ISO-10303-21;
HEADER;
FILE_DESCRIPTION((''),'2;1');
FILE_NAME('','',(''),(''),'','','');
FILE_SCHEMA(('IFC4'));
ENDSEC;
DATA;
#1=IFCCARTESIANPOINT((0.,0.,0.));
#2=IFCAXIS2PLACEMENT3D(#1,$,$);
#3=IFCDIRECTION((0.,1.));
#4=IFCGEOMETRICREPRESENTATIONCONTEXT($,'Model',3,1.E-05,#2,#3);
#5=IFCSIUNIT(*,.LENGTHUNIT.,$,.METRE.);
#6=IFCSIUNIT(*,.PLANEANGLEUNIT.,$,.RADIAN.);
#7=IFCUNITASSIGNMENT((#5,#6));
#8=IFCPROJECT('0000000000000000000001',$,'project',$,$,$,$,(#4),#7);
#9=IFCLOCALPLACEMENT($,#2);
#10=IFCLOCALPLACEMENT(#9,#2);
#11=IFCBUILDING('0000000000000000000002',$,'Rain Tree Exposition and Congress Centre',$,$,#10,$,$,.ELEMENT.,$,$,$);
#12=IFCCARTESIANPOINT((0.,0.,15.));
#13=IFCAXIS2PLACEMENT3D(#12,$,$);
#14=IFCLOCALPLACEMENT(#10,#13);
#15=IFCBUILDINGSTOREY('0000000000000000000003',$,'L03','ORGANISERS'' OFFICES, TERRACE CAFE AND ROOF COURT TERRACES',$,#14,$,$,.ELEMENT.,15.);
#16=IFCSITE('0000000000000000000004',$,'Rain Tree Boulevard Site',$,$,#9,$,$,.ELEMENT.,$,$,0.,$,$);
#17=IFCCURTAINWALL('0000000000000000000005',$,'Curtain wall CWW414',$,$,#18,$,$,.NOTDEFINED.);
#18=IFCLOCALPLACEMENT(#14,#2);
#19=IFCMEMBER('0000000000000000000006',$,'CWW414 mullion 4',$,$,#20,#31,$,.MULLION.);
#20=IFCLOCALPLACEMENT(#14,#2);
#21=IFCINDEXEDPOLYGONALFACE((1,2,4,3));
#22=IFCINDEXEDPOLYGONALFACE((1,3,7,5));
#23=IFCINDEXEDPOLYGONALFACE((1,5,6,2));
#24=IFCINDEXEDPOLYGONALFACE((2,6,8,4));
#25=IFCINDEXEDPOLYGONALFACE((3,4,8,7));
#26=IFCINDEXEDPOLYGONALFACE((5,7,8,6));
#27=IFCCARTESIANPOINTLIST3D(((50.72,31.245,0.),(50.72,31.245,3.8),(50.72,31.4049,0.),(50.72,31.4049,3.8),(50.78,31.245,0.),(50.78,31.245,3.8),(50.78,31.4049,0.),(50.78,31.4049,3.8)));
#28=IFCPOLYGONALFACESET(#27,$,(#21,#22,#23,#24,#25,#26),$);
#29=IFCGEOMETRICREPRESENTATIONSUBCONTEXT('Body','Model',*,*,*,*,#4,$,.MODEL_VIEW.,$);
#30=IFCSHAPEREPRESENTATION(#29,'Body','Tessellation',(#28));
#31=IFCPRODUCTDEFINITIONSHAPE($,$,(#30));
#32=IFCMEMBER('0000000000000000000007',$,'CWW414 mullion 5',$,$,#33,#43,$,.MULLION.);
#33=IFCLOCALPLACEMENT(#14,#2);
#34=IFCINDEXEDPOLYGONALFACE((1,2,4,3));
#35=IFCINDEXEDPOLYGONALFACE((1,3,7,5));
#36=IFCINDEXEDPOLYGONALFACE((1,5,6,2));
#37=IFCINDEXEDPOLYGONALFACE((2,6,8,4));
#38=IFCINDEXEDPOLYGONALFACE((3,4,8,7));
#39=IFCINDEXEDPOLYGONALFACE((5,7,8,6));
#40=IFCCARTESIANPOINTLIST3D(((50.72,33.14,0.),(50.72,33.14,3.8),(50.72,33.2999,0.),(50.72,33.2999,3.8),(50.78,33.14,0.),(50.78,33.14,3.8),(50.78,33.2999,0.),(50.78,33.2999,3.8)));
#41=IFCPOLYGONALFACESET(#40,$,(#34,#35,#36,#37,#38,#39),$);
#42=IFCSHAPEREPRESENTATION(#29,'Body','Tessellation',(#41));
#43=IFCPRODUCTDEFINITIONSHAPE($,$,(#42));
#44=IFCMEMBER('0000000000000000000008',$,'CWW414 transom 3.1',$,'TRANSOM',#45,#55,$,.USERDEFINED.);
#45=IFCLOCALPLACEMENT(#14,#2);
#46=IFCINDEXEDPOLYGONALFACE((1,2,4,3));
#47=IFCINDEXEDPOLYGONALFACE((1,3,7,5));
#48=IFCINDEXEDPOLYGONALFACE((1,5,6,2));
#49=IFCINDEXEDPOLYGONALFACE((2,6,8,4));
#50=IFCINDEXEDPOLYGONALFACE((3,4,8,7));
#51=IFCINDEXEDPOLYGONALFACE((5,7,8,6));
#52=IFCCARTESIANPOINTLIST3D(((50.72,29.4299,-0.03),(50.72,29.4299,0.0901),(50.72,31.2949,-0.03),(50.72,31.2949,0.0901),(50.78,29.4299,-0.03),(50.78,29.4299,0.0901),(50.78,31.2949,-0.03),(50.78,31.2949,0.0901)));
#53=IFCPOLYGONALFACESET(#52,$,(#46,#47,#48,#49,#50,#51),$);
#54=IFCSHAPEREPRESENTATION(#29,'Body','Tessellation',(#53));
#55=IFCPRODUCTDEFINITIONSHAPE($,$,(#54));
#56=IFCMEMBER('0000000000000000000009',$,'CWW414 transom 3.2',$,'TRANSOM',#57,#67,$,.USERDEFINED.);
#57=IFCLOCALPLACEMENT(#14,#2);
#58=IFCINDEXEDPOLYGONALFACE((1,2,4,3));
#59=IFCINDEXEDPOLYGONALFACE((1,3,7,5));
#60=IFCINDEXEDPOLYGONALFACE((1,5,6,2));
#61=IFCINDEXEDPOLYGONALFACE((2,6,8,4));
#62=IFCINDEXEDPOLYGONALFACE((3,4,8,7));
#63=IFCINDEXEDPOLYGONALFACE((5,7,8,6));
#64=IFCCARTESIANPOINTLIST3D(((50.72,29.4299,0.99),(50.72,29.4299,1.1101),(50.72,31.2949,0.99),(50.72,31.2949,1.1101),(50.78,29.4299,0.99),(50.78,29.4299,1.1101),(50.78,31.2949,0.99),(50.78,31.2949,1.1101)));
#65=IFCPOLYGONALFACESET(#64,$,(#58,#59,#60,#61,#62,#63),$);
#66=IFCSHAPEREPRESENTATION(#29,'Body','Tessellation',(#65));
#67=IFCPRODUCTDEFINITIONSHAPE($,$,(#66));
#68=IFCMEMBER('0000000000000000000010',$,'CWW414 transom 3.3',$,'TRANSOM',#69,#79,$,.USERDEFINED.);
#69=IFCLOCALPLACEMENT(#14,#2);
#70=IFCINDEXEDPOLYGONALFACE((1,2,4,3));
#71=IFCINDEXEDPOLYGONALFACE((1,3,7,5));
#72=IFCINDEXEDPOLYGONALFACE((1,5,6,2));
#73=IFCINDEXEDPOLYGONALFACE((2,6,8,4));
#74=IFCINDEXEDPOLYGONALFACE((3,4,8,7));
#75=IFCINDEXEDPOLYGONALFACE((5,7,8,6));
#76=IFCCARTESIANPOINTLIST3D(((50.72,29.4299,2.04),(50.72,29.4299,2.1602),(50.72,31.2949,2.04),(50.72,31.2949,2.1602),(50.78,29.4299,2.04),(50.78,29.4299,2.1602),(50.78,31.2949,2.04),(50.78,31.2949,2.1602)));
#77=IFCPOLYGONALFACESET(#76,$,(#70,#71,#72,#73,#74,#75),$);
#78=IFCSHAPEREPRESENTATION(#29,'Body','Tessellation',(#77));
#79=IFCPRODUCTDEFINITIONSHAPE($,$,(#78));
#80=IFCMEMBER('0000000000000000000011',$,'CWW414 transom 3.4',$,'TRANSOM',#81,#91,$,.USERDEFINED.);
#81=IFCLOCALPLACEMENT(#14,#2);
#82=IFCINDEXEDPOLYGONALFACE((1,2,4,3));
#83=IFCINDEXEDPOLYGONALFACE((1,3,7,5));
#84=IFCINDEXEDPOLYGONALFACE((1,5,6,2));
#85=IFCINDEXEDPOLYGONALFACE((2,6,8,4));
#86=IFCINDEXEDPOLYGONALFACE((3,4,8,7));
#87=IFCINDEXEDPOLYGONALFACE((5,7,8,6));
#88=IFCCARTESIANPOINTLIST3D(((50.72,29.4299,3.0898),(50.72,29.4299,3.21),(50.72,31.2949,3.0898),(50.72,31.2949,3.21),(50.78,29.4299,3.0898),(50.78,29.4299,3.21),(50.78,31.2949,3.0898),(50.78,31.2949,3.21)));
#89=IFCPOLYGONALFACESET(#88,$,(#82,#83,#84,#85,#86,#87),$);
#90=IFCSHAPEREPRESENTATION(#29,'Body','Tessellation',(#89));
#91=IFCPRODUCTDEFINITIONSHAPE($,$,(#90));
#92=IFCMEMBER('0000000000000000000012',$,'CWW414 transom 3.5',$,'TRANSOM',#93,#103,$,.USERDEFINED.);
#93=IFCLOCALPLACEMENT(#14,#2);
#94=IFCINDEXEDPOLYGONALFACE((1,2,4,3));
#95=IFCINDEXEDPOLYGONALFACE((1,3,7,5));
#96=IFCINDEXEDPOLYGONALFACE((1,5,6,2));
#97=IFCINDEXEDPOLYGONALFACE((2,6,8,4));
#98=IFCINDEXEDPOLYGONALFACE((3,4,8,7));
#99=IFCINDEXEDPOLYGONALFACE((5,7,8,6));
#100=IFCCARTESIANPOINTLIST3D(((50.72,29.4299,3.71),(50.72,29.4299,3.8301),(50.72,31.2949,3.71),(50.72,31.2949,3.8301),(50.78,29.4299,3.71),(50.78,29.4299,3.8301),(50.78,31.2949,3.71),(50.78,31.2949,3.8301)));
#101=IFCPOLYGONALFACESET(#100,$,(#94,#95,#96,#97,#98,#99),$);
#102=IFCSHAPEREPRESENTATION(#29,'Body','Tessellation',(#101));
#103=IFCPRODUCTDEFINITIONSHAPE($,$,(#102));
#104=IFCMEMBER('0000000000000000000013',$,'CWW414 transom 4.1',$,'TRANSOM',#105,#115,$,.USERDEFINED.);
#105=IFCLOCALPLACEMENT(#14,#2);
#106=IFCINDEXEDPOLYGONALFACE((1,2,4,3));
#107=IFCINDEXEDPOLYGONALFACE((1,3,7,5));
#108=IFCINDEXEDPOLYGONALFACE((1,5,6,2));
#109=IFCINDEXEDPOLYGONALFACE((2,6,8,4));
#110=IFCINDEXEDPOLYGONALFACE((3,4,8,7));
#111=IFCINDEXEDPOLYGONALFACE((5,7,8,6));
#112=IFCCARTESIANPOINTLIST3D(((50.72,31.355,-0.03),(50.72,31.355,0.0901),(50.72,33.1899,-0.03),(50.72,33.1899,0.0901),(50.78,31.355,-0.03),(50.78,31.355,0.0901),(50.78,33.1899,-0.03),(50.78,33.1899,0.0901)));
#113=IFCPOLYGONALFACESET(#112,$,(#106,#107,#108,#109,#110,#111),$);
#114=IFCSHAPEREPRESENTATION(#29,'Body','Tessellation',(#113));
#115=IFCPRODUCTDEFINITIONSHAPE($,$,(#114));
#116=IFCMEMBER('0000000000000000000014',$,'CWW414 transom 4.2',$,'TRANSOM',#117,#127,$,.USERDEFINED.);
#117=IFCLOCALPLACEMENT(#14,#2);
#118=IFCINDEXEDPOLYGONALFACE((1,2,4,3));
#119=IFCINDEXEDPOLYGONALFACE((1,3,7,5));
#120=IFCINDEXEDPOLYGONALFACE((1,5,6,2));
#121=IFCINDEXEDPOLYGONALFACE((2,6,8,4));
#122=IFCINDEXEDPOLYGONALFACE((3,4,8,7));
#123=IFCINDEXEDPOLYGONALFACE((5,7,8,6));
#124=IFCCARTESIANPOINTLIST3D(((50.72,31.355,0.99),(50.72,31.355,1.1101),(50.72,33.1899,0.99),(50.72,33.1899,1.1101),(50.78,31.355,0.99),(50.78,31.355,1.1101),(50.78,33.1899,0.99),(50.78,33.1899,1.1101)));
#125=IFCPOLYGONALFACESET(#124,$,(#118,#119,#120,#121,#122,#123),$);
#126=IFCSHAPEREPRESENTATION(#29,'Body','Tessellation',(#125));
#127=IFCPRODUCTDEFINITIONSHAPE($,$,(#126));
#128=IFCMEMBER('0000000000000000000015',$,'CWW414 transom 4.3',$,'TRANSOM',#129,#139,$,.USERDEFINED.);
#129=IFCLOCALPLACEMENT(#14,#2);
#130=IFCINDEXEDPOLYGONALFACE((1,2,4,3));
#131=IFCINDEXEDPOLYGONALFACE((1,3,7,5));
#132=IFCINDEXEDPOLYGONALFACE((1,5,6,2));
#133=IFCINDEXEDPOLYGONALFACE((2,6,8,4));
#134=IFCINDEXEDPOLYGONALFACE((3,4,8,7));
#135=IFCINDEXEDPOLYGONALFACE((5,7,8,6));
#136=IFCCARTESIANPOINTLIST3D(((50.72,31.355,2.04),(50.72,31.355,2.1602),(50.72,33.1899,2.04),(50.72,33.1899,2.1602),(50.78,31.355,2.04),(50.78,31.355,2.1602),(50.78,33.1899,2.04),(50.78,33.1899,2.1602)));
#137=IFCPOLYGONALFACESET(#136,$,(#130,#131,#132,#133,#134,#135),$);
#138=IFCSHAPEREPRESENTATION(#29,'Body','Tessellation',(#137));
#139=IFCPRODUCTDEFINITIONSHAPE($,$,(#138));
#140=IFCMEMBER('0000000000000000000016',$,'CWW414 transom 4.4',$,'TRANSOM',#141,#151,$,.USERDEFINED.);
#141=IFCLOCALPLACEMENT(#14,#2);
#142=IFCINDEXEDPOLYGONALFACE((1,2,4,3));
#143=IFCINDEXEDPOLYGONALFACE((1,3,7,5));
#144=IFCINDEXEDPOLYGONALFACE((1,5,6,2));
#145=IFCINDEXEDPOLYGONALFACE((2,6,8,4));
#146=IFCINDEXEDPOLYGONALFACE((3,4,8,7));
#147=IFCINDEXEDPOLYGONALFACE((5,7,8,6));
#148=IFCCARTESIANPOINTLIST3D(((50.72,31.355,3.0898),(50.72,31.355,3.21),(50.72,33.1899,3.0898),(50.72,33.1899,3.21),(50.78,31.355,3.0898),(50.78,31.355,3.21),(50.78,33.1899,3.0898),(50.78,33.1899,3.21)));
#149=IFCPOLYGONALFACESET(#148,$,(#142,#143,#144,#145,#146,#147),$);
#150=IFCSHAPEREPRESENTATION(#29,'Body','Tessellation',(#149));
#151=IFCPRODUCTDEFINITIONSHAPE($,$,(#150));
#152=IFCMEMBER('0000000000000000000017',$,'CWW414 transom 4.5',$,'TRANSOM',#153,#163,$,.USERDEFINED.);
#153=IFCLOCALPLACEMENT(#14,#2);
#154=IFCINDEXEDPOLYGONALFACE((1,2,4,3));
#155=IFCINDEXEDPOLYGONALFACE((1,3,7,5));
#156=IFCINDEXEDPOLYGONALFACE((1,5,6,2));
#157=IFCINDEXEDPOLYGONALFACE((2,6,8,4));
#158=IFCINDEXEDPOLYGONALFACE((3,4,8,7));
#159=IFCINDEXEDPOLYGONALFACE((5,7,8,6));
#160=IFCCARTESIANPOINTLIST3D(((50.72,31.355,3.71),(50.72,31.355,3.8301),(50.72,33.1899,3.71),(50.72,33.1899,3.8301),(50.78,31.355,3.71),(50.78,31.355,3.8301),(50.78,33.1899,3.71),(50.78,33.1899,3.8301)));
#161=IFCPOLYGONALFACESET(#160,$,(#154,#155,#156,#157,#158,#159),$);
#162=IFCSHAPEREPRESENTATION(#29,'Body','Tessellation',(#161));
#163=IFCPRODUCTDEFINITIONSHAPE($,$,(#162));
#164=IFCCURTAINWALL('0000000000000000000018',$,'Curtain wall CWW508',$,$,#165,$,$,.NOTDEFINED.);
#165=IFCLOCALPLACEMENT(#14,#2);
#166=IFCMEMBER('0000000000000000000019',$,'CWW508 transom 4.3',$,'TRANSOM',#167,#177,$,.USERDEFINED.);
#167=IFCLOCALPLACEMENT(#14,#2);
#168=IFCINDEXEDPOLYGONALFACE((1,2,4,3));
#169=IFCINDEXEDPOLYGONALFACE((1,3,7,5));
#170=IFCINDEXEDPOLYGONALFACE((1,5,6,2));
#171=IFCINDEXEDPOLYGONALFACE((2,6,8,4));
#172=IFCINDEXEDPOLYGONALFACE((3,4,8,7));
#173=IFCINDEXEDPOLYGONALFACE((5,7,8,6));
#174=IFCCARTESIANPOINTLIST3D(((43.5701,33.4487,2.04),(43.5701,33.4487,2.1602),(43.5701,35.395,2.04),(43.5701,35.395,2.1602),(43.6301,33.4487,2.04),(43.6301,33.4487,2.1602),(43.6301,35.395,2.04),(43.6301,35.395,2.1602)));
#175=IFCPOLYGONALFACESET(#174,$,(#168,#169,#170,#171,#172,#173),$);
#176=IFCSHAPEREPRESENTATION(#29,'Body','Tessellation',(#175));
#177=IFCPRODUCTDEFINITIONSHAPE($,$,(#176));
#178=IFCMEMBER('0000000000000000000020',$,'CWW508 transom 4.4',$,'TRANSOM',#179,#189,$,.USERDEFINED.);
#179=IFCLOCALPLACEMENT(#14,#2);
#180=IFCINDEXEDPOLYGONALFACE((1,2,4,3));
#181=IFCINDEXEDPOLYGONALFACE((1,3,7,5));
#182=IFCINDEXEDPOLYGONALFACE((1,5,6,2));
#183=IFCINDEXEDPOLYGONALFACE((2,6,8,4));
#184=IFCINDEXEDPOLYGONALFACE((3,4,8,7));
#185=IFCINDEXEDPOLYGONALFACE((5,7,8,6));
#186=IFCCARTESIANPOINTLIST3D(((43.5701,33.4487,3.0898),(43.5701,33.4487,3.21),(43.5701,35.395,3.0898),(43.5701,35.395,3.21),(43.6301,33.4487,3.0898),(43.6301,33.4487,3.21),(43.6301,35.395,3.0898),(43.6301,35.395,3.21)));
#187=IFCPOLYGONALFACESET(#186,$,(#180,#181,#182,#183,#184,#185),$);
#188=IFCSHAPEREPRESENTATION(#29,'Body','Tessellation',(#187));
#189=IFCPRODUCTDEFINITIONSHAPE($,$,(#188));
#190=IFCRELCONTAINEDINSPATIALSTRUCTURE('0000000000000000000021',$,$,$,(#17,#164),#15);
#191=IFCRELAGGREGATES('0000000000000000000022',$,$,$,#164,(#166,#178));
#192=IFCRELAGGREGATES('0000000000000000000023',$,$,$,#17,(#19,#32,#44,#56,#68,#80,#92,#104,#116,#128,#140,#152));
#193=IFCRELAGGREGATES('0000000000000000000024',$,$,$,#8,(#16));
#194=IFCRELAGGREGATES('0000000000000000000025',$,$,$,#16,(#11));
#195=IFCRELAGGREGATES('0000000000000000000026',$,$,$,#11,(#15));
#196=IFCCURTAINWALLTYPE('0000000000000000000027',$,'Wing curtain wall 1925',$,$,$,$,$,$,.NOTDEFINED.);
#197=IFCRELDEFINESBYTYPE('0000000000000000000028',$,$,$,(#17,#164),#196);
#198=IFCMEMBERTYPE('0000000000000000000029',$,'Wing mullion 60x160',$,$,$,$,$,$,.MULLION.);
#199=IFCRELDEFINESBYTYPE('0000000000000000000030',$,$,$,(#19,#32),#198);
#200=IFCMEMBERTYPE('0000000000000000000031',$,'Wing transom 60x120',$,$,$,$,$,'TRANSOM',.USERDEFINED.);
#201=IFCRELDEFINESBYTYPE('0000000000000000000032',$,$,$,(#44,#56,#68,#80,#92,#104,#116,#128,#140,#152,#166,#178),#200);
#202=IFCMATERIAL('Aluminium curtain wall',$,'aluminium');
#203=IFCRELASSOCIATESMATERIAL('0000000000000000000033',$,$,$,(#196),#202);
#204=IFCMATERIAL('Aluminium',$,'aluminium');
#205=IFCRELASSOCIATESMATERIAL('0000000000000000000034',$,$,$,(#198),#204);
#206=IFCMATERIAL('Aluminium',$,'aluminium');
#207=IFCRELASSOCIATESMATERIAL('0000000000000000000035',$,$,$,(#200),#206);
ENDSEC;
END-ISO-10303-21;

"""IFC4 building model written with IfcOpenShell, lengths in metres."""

from ifc_helpers import new_model, si_unit, direction, frame, origin, origin_2d, place, context, subcontext, project, spatial, rectangle, extrude, material, material_profile, profile_set, type_object, element, aggregate, save


model = new_model("IFC4")

# Units and contexts
model_context = context("Model", 3, precision=1e-05, world=origin(), true_north=direction((0.0, 1.0)))
body_context = subcontext(model_context, "Body", "Model", "MODEL_VIEW")
ifc_project = project(units=[si_unit("LENGTHUNIT", "METRE"), si_unit("PLANEANGLEUNIT", "RADIAN")], contexts=[model_context])

# Site, building, storey
site_placement = place(None, origin())
site = spatial("IfcSite", under=ifc_project, at=site_placement, Name="Rain Tree Boulevard Site", CompositionType="ELEMENT", RefElevation=0.0)
building_placement = place(site_placement, origin())
building = spatial("IfcBuilding", under=site, at=building_placement, Name="Rain Tree Exposition and Congress Centre", CompositionType="ELEMENT")
storey_placement = place(building_placement, frame((0.0, 0.0, 15.0)))
storey = spatial("IfcBuildingStorey", under=building, at=storey_placement, Name="L03", Description="ORGANISERS' OFFICES, TERRACE CAFE AND ROOF COURT TERRACES", CompositionType="ELEMENT", Elevation=15.0)

# Curtain walls, members
ifc_material_1 = material(Name="Aluminium curtain wall", Category="aluminium")
curtain_wall_type = type_object("IfcCurtainWallType", Name="Wing curtain wall 1925", PredefinedType="NOTDEFINED", material=ifc_material_1)
curtain_wall_1_placement = place(storey_placement, origin())
curtain_wall_1 = element("IfcCurtainWall", 1, at=curtain_wall_1_placement, inside=storey, type_object=curtain_wall_type, Name="Curtain wall CWW414", PredefinedType="NOTDEFINED")
ifc_material_2 = material(Name="Aluminium", Category="aluminium")
ifc_material_profile_1 = material_profile(ifc_material_2, rectangle(XDim=0.0601, YDim=0.1599, at=origin_2d()), Name="Aluminium 60x160")
ifc_profile_set_1 = profile_set([ifc_material_profile_1], Name="Aluminium")
member_type_1 = type_object("IfcMemberType", Name="Wing mullion 60x160", PredefinedType="MULLION", material=ifc_profile_set_1)
member_1_placement = place(storey_placement, frame((50.75, 31.325, 0.0), z_axis=(0.0, 0.0, 1.0), x_axis=(-1.0, 0.0, 0.0)))
member_1 = element("IfcMember", 2, at=member_1_placement, type_object=member_type_1, Name="CWW414 mullion 4", PredefinedType="MULLION", context=body_context, shape_type="SweptSolid", body=[
    extrude(rectangle(XDim=0.0601, YDim=0.1599, at=origin_2d()), origin(), (0.0, 0.0, 1.0), 3.8),
])
member_2_placement = place(storey_placement, frame((50.75, 33.22, 0.0), z_axis=(0.0, 0.0, 1.0), x_axis=(-1.0, 0.0, 0.0)))
member_2 = element("IfcMember", 3, at=member_2_placement, type_object=member_type_1, Name="CWW414 mullion 5", PredefinedType="MULLION", context=body_context, shape_type="SweptSolid", body=[
    extrude(rectangle(XDim=0.0601, YDim=0.1599, at=origin_2d()), origin(), (0.0, 0.0, 1.0), 3.8),
])
ifc_material_3 = material(Name="Aluminium", Category="aluminium")
ifc_material_profile_2 = material_profile(ifc_material_3, rectangle(XDim=0.0601, YDim=0.1201, at=origin_2d()), Name="Aluminium 60x120")
ifc_profile_set_2 = profile_set([ifc_material_profile_2], Name="Aluminium")
member_type_2 = type_object("IfcMemberType", Name="Wing transom 60x120", ElementType="TRANSOM", PredefinedType="USERDEFINED", material=ifc_profile_set_2)
member_3_placement = place(storey_placement, frame((50.75, 29.4299, 0.03), z_axis=(0.0, 1.0, 0.0), x_axis=(-1.0, 0.0, 0.0)))
member_3 = element("IfcMember", 4, at=member_3_placement, type_object=member_type_2, Name="CWW414 transom 3.1", ObjectType="TRANSOM", PredefinedType="USERDEFINED", context=body_context, shape_type="SweptSolid", body=[
    extrude(rectangle(XDim=0.0601, YDim=0.1201, at=origin_2d()), origin(), (0.0, 0.0, 1.0), 1.865),
])
member_4_placement = place(storey_placement, frame((50.75, 29.4299, 1.05), z_axis=(0.0, 1.0, 0.0), x_axis=(-1.0, 0.0, 0.0)))
member_4 = element("IfcMember", 5, at=member_4_placement, type_object=member_type_2, Name="CWW414 transom 3.2", ObjectType="TRANSOM", PredefinedType="USERDEFINED", context=body_context, shape_type="SweptSolid", body=[
    extrude(rectangle(XDim=0.0601, YDim=0.1201, at=origin_2d()), origin(), (0.0, 0.0, 1.0), 1.865),
])
member_5_placement = place(storey_placement, frame((50.75, 29.4299, 2.1001), z_axis=(0.0, 1.0, 0.0), x_axis=(-1.0, 0.0, 0.0)))
member_5 = element("IfcMember", 6, at=member_5_placement, type_object=member_type_2, Name="CWW414 transom 3.3", ObjectType="TRANSOM", PredefinedType="USERDEFINED", context=body_context, shape_type="SweptSolid", body=[
    extrude(rectangle(XDim=0.0601, YDim=0.1201, at=origin_2d()), origin(), (0.0, 0.0, 1.0), 1.865),
])
member_6_placement = place(storey_placement, frame((50.75, 29.4299, 3.1499), z_axis=(0.0, 1.0, 0.0), x_axis=(-1.0, 0.0, 0.0)))
member_6 = element("IfcMember", 7, at=member_6_placement, type_object=member_type_2, Name="CWW414 transom 3.4", ObjectType="TRANSOM", PredefinedType="USERDEFINED", context=body_context, shape_type="SweptSolid", body=[
    extrude(rectangle(XDim=0.0601, YDim=0.1201, at=origin_2d()), origin(), (0.0, 0.0, 1.0), 1.865),
])
member_7_placement = place(storey_placement, frame((50.75, 29.4299, 3.77), z_axis=(0.0, 1.0, 0.0), x_axis=(-1.0, 0.0, 0.0)))
member_7 = element("IfcMember", 8, at=member_7_placement, type_object=member_type_2, Name="CWW414 transom 3.5", ObjectType="TRANSOM", PredefinedType="USERDEFINED", context=body_context, shape_type="SweptSolid", body=[
    extrude(rectangle(XDim=0.0601, YDim=0.1201, at=origin_2d()), origin(), (0.0, 0.0, 1.0), 1.865),
])
member_8_placement = place(storey_placement, frame((50.75, 31.355, 0.03), z_axis=(0.0, 1.0, 0.0), x_axis=(-1.0, 0.0, 0.0)))
member_8 = element("IfcMember", 9, at=member_8_placement, type_object=member_type_2, Name="CWW414 transom 4.1", ObjectType="TRANSOM", PredefinedType="USERDEFINED", context=body_context, shape_type="SweptSolid", body=[
    extrude(rectangle(XDim=0.0601, YDim=0.1201, at=origin_2d()), origin(), (0.0, 0.0, 1.0), 1.835),
])
member_9_placement = place(storey_placement, frame((50.75, 31.355, 1.05), z_axis=(0.0, 1.0, 0.0), x_axis=(-1.0, 0.0, 0.0)))
member_9 = element("IfcMember", 10, at=member_9_placement, type_object=member_type_2, Name="CWW414 transom 4.2", ObjectType="TRANSOM", PredefinedType="USERDEFINED", context=body_context, shape_type="SweptSolid", body=[
    extrude(rectangle(XDim=0.0601, YDim=0.1201, at=origin_2d()), origin(), (0.0, 0.0, 1.0), 1.835),
])
member_10_placement = place(storey_placement, frame((50.75, 31.355, 2.1001), z_axis=(0.0, 1.0, 0.0), x_axis=(-1.0, 0.0, 0.0)))
member_10 = element("IfcMember", 11, at=member_10_placement, type_object=member_type_2, Name="CWW414 transom 4.3", ObjectType="TRANSOM", PredefinedType="USERDEFINED", context=body_context, shape_type="SweptSolid", body=[
    extrude(rectangle(XDim=0.0601, YDim=0.1201, at=origin_2d()), origin(), (0.0, 0.0, 1.0), 1.835),
])
member_11_placement = place(storey_placement, frame((50.75, 31.355, 3.1499), z_axis=(0.0, 1.0, 0.0), x_axis=(-1.0, 0.0, 0.0)))
member_11 = element("IfcMember", 12, at=member_11_placement, type_object=member_type_2, Name="CWW414 transom 4.4", ObjectType="TRANSOM", PredefinedType="USERDEFINED", context=body_context, shape_type="SweptSolid", body=[
    extrude(rectangle(XDim=0.0601, YDim=0.1201, at=origin_2d()), origin(), (0.0, 0.0, 1.0), 1.835),
])
member_12_placement = place(storey_placement, frame((50.75, 31.355, 3.77), z_axis=(0.0, 1.0, 0.0), x_axis=(-1.0, 0.0, 0.0)))
member_12 = element("IfcMember", 13, at=member_12_placement, type_object=member_type_2, Name="CWW414 transom 4.5", ObjectType="TRANSOM", PredefinedType="USERDEFINED", context=body_context, shape_type="SweptSolid", body=[
    extrude(rectangle(XDim=0.0601, YDim=0.1201, at=origin_2d()), origin(), (0.0, 0.0, 1.0), 1.835),
])
curtain_wall_2_placement = place(storey_placement, origin())
curtain_wall_2 = element("IfcCurtainWall", 14, at=curtain_wall_2_placement, inside=storey, type_object=curtain_wall_type, Name="Curtain wall CWW508", PredefinedType="NOTDEFINED")
member_13_placement = place(storey_placement, frame((43.6001, 33.4487, 2.1001), z_axis=(0.0, 1.0, 0.0), x_axis=(-1.0, 0.0, 0.0)))
member_13 = element("IfcMember", 15, at=member_13_placement, type_object=member_type_2, Name="CWW508 transom 4.3", ObjectType="TRANSOM", PredefinedType="USERDEFINED", context=body_context, shape_type="SweptSolid", body=[
    extrude(rectangle(XDim=0.0601, YDim=0.1201, at=origin_2d()), origin(), (0.0, 0.0, 1.0), 1.9463),
])
member_14_placement = place(storey_placement, frame((43.6001, 33.4487, 3.1499), z_axis=(0.0, 1.0, 0.0), x_axis=(-1.0, 0.0, 0.0)))
member_14 = element("IfcMember", 16, at=member_14_placement, type_object=member_type_2, Name="CWW508 transom 4.4", ObjectType="TRANSOM", PredefinedType="USERDEFINED", context=body_context, shape_type="SweptSolid", body=[
    extrude(rectangle(XDim=0.0601, YDim=0.1201, at=origin_2d()), origin(), (0.0, 0.0, 1.0), 1.9463),
])
aggregate(curtain_wall_2, [member_13, member_14])

aggregate(curtain_wall_1, [member_1, member_2, member_3, member_4, member_5, member_6, member_7, member_8, member_9, member_10, member_11, member_12])

save(model, "model.ifc")
